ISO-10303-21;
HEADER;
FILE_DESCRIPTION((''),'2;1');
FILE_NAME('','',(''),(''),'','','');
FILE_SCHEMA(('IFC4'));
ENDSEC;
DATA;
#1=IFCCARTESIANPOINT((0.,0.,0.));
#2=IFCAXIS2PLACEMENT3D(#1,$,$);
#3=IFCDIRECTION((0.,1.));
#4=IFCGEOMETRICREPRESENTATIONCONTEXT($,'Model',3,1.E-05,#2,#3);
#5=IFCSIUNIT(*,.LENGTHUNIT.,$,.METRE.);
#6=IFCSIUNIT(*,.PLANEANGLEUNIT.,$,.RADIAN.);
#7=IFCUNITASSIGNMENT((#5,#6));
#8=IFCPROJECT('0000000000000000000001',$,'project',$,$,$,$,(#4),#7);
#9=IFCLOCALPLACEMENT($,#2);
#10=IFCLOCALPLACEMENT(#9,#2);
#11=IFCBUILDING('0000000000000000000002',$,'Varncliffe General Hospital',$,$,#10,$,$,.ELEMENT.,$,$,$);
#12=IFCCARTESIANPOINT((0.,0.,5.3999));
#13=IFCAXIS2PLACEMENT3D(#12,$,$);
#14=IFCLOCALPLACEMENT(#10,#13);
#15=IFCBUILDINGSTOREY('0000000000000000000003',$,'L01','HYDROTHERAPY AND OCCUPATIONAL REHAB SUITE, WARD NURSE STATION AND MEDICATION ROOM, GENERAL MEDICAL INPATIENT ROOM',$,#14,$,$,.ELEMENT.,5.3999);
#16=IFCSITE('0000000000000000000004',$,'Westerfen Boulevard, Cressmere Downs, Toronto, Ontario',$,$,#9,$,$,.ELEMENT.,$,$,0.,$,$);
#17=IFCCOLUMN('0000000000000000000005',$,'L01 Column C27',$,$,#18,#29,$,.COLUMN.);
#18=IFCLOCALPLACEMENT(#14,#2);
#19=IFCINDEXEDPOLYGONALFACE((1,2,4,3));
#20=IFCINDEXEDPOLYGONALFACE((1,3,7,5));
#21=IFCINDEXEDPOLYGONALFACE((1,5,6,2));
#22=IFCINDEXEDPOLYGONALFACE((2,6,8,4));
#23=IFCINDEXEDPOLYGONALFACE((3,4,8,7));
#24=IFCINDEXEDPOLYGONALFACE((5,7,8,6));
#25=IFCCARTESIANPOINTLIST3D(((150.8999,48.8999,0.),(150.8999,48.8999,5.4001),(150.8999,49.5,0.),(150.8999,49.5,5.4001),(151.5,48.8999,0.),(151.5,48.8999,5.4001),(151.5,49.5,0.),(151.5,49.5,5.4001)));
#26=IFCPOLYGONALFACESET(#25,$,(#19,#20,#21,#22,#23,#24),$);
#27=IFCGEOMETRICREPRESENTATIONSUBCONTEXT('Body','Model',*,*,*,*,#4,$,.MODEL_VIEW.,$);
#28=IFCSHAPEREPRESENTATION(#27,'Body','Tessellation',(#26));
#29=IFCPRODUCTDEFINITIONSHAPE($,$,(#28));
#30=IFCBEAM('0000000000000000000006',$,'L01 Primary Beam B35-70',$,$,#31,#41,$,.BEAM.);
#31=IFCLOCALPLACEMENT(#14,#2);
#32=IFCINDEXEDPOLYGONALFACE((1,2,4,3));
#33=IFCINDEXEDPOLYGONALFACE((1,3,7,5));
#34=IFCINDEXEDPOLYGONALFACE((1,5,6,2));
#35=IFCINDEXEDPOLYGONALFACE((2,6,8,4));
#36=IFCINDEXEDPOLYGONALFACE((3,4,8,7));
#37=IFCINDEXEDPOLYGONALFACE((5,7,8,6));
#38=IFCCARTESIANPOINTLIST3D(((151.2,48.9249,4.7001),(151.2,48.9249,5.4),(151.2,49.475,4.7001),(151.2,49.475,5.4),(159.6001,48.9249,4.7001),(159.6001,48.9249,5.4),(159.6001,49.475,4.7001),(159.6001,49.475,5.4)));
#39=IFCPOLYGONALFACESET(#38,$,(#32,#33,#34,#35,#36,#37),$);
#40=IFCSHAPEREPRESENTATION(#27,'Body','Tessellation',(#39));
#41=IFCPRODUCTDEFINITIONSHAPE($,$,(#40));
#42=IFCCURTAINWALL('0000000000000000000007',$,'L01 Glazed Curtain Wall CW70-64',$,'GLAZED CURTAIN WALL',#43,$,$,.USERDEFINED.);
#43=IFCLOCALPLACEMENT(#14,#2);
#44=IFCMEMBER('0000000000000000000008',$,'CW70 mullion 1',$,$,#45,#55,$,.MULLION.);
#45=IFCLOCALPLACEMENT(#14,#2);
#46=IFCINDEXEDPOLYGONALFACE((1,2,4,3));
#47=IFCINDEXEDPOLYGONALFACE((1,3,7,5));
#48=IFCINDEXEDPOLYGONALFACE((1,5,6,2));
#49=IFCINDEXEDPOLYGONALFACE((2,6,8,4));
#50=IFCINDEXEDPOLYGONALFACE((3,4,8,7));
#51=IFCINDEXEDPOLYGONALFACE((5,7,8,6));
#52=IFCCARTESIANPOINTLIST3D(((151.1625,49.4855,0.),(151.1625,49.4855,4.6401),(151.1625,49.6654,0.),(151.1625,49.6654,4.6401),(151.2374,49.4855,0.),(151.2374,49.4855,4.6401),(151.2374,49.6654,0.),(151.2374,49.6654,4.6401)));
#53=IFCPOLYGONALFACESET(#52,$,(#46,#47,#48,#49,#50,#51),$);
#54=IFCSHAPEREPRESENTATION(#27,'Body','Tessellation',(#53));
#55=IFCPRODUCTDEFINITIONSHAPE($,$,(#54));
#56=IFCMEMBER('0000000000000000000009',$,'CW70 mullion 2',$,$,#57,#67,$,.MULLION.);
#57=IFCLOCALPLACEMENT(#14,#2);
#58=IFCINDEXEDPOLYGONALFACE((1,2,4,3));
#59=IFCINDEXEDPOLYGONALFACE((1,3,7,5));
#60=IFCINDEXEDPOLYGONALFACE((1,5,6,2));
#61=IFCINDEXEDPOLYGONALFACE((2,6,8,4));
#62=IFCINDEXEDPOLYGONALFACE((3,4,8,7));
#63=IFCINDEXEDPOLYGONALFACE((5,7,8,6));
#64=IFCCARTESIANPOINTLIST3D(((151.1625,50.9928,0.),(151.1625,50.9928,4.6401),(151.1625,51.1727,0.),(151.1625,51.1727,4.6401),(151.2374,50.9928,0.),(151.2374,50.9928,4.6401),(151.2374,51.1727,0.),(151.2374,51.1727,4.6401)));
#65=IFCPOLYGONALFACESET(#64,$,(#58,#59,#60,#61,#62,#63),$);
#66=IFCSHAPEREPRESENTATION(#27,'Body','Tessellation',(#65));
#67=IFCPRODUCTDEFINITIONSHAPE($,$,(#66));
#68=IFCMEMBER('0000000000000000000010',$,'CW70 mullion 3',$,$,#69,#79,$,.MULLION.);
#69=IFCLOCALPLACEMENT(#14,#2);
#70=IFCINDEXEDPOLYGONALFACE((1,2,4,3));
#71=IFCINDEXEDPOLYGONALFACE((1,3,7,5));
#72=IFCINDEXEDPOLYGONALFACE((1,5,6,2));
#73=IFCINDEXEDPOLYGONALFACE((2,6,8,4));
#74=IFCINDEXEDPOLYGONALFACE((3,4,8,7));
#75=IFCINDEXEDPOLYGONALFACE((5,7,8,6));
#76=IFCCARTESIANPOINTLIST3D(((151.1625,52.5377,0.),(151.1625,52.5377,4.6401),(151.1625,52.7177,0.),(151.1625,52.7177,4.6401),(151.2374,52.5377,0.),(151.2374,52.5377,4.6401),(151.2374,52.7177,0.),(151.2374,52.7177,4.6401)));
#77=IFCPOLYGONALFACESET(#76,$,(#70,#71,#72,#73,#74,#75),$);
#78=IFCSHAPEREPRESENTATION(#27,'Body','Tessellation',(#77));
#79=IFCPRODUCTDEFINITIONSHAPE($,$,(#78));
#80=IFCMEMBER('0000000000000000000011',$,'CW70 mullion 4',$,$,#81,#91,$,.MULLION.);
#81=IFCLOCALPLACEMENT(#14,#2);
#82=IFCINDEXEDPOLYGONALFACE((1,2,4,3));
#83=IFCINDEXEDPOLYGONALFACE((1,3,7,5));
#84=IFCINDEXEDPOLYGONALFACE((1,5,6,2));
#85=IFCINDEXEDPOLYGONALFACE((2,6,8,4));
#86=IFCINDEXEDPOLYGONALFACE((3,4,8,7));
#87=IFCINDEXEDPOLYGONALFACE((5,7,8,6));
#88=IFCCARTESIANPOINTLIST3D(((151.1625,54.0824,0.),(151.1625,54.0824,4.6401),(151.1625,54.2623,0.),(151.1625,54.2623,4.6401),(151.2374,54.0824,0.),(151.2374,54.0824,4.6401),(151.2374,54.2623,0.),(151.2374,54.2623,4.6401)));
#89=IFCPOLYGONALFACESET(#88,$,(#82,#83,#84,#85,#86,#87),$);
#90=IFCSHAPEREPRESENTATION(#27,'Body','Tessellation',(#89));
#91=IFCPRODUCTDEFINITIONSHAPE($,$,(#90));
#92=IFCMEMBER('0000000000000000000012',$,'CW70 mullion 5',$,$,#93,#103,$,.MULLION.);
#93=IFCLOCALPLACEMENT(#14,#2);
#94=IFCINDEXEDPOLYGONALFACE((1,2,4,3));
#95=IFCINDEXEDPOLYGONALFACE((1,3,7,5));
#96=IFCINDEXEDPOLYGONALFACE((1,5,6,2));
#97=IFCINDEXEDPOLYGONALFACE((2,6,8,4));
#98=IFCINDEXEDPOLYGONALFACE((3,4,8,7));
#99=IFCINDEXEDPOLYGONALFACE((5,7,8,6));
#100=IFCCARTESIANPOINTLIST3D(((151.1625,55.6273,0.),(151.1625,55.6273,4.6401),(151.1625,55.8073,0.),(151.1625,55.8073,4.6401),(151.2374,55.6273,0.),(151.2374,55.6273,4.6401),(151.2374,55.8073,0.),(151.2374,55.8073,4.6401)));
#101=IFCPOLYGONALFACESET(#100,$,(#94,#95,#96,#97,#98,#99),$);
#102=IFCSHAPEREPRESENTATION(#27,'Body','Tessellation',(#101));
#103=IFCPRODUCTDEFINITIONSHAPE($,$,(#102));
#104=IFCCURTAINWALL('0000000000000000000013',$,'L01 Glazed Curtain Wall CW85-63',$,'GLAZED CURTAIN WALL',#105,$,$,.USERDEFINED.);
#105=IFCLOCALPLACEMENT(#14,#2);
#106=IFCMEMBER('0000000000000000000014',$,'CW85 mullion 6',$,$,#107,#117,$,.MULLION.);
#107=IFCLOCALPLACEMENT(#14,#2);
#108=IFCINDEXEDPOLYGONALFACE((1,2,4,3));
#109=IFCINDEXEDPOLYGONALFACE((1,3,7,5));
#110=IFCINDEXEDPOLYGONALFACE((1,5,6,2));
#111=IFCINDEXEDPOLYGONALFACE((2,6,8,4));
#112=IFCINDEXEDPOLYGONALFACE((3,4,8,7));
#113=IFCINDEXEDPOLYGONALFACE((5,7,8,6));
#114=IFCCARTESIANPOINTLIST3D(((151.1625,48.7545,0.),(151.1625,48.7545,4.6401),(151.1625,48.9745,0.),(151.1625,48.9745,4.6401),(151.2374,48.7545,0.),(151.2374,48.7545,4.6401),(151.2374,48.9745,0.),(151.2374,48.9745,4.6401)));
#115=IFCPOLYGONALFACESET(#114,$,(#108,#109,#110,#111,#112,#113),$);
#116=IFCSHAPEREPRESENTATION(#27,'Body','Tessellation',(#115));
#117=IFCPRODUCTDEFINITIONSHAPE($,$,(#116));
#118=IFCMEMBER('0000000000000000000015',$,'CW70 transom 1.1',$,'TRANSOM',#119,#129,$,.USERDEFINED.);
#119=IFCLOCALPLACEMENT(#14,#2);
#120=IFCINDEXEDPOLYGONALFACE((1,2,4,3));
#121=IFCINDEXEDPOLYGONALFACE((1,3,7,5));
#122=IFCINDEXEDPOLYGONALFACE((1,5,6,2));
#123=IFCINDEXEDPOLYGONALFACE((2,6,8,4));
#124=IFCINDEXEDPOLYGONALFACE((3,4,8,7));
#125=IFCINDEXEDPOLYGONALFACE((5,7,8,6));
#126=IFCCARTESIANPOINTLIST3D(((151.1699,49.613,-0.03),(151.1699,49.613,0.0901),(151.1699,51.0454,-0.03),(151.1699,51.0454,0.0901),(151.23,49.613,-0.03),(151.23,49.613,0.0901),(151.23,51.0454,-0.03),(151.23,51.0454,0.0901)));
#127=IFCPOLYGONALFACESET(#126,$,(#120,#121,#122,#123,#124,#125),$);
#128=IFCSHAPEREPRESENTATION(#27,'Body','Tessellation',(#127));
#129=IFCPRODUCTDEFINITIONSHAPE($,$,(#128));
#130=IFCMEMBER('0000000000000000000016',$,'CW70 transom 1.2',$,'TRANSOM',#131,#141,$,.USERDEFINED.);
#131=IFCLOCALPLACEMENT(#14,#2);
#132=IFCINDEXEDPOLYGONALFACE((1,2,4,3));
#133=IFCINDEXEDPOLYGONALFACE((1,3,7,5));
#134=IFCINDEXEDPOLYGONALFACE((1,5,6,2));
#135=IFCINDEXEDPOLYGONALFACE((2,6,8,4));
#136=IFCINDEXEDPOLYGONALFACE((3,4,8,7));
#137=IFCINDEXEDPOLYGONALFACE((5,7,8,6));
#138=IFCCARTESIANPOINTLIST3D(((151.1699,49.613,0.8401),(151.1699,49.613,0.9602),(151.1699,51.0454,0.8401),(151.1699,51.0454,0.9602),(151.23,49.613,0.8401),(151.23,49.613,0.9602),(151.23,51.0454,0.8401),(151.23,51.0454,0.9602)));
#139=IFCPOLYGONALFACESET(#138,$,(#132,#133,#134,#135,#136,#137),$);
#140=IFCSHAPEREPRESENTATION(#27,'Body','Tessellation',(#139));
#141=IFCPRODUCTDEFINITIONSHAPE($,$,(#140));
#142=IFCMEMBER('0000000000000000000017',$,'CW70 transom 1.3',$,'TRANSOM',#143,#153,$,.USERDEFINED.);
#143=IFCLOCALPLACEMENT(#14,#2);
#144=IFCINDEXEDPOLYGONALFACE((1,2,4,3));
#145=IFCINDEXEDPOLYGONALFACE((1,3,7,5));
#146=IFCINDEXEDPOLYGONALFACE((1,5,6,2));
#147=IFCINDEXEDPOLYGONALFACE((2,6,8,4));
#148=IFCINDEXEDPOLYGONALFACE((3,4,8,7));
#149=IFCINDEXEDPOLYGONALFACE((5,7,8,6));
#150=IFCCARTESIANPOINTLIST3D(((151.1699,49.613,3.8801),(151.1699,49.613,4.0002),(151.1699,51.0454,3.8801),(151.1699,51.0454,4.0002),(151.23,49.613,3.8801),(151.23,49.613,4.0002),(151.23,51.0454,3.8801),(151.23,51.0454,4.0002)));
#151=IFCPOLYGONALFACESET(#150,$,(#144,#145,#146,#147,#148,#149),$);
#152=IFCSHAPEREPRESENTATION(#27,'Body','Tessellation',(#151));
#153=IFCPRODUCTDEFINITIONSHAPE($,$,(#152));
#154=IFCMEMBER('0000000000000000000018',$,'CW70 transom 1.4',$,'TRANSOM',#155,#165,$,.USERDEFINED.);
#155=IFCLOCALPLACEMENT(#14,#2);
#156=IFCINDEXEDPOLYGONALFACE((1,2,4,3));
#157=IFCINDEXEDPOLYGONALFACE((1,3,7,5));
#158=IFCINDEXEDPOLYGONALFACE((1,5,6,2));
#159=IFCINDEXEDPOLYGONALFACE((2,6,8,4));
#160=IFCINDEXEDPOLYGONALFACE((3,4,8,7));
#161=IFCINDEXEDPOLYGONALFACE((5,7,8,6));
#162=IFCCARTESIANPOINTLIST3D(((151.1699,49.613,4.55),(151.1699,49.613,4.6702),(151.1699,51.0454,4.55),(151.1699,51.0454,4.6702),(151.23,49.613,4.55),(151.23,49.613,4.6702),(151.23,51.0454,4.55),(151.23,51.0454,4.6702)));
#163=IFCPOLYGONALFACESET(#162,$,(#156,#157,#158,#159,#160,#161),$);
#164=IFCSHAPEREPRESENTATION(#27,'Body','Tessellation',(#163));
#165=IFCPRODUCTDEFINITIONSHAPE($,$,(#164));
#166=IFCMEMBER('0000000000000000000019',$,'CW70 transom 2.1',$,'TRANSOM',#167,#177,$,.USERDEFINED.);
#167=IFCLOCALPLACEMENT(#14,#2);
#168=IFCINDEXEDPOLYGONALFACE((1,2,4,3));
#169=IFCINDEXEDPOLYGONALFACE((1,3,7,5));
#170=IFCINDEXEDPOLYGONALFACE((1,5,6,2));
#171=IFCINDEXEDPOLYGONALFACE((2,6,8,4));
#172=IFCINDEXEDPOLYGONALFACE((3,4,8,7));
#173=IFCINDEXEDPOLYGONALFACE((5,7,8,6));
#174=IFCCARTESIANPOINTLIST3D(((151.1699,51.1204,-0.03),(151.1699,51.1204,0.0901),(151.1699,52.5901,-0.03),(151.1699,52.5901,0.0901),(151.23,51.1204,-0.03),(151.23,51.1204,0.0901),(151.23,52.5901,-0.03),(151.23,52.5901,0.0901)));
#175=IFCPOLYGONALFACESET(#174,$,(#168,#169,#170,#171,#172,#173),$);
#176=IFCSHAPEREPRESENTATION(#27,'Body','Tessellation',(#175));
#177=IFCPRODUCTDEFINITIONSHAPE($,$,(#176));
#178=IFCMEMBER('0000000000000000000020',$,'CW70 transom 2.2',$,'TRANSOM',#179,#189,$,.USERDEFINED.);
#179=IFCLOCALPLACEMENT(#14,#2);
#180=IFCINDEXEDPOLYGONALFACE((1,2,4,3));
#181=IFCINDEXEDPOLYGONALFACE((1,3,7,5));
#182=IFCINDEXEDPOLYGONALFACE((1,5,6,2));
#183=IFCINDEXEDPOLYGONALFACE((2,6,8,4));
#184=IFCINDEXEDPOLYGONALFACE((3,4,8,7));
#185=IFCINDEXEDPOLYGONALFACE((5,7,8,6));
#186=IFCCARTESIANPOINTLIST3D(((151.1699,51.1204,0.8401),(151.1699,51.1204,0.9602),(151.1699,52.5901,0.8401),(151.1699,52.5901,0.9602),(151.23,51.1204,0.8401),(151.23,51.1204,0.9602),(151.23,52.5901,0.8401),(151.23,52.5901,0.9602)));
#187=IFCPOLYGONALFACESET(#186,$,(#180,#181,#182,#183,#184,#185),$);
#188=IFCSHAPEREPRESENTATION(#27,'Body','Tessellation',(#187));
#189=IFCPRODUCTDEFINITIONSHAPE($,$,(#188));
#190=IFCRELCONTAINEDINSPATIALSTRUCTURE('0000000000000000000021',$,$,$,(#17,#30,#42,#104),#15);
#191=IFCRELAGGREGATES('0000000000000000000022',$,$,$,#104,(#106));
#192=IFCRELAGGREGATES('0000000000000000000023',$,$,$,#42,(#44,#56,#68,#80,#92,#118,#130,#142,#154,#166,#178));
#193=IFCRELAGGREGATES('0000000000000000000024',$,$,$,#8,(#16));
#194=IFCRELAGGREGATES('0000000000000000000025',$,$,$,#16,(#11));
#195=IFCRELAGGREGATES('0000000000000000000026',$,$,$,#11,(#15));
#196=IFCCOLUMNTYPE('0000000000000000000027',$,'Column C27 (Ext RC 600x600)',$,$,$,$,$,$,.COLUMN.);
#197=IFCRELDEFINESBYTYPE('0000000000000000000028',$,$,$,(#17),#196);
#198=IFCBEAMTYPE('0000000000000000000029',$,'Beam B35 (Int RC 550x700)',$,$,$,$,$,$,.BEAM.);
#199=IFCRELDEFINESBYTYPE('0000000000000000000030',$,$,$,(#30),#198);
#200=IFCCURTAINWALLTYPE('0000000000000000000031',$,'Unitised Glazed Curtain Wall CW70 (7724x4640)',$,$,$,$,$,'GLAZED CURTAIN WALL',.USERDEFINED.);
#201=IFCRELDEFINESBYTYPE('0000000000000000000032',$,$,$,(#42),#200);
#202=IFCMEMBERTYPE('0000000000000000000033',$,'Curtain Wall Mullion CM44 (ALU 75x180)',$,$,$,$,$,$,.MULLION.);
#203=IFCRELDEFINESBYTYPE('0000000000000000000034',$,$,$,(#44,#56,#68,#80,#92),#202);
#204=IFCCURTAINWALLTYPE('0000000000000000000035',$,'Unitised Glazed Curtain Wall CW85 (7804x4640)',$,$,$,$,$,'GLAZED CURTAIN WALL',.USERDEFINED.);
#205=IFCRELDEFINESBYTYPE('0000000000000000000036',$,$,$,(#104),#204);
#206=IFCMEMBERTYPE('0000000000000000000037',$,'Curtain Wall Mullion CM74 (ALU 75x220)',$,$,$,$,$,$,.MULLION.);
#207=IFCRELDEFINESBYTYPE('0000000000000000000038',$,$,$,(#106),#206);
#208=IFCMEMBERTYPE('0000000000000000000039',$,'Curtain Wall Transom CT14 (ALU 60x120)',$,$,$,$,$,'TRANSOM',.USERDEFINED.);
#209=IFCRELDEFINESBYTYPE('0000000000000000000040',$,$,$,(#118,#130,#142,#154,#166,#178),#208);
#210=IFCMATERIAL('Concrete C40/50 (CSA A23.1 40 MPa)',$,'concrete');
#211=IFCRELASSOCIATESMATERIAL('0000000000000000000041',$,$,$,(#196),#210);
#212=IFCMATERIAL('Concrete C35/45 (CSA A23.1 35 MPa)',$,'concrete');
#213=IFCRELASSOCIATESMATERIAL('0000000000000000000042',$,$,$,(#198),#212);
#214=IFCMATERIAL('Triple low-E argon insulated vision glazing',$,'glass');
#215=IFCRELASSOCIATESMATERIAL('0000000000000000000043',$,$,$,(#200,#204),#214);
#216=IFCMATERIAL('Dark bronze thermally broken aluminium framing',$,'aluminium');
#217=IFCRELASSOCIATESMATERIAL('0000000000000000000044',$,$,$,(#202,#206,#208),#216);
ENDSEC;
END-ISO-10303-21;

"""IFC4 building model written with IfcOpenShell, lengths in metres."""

from ifc_helpers import new_model, si_unit, direction, frame, origin, origin_2d, place, context, subcontext, project, spatial, rectangle, extrude, material, material_profile, profile_set, type_object, element, aggregate, save


model = new_model("IFC4")

# Units and contexts
model_context = context("Model", 3, precision=1e-05, world=origin(), true_north=direction((0.0, 1.0)))
body_context = subcontext(model_context, "Body", "Model", "MODEL_VIEW")
ifc_project = project(units=[si_unit("LENGTHUNIT", "METRE"), si_unit("PLANEANGLEUNIT", "RADIAN")], contexts=[model_context])

# Site, building, storey
site_placement = place(None, origin())
site = spatial("IfcSite", under=ifc_project, at=site_placement, Name="Westerfen Boulevard, Cressmere Downs, Toronto, Ontario", CompositionType="ELEMENT", RefElevation=0.0)
building_placement = place(site_placement, origin())
building = spatial("IfcBuilding", under=site, at=building_placement, Name="Varncliffe General Hospital", CompositionType="ELEMENT")
storey_placement = place(building_placement, frame((0.0, 0.0, 5.3999)))
storey = spatial("IfcBuildingStorey", under=building, at=storey_placement, Name="L01", Description="HYDROTHERAPY AND OCCUPATIONAL REHAB SUITE, WARD NURSE STATION AND MEDICATION ROOM, GENERAL MEDICAL INPATIENT ROOM", CompositionType="ELEMENT", Elevation=5.3999)

# Column
ifc_material_1 = material(Name="Concrete C40/50 (CSA A23.1 40 MPa)", Category="concrete")
ifc_material_profile_1 = material_profile(ifc_material_1, rectangle(XDim=0.6001, YDim=0.6001, at=origin_2d()), Name="RC 600x600")
ifc_profile_set_1 = profile_set([ifc_material_profile_1], Name="Concrete C40/50 (CSA A23.1 40 MPa)")
column_type = type_object("IfcColumnType", Name="Column C27 (Ext RC 600x600)", PredefinedType="COLUMN", material=ifc_profile_set_1)
column_placement = place(storey_placement, frame((151.2, 49.2, 0.0), z_axis=(0.0, 0.0, 1.0), x_axis=(1.0, 0.0, 0.0)))
element("IfcColumn", 1, at=column_placement, inside=storey, type_object=column_type, Name="L01 Column C27", PredefinedType="COLUMN", context=body_context, shape_type="SweptSolid", body=[
    extrude(rectangle(XDim=0.6001, YDim=0.6001, at=origin_2d()), origin(), (0.0, 0.0, 1.0), 5.4001),
])

# Beam
ifc_material_2 = material(Name="Concrete C35/45 (CSA A23.1 35 MPa)", Category="concrete")
ifc_material_profile_2 = material_profile(ifc_material_2, rectangle(XDim=0.55, YDim=0.7, at=origin_2d()), Name="RC 550x700")
ifc_profile_set_2 = profile_set([ifc_material_profile_2], Name="Concrete C35/45 (CSA A23.1 35 MPa)")
beam_type_1 = type_object("IfcBeamType", Name="Beam B35 (Int RC 550x700)", PredefinedType="BEAM", material=ifc_profile_set_2)
beam_1_placement = place(storey_placement, frame((151.2, 49.2, 5.05), z_axis=(1.0, 0.0, 0.0), x_axis=(0.0, 1.0, 0.0)))
element("IfcBeam", 2, at=beam_1_placement, inside=storey, type_object=beam_type_1, Name="L01 Primary Beam B35-70", PredefinedType="BEAM", context=body_context, shape_type="SweptSolid", body=[
    extrude(rectangle(XDim=0.55, YDim=0.7, at=origin_2d()), origin(), (0.0, 0.0, 1.0), 8.4001),
])

# Curtain wall, members
ifc_material_3 = material(Name="Triple low-E argon insulated vision glazing", Category="glass")
curtain_wall_type_1 = type_object("IfcCurtainWallType", Name="Unitised Glazed Curtain Wall CW70 (7724x4640)", ElementType="GLAZED CURTAIN WALL", PredefinedType="USERDEFINED", material=ifc_material_3)
curtain_wall_1_placement = place(storey_placement, origin())
curtain_wall_1 = element("IfcCurtainWall", 3, at=curtain_wall_1_placement, inside=storey, type_object=curtain_wall_type_1, Name="L01 Glazed Curtain Wall CW70-64", ObjectType="GLAZED CURTAIN WALL", PredefinedType="USERDEFINED")
ifc_material_4 = material(Name="Dark bronze thermally broken aluminium framing", Category="aluminium")
ifc_material_profile_3 = material_profile(ifc_material_4, rectangle(XDim=0.075, YDim=0.1799, at=origin_2d()), Name="ALU 75x180")
ifc_profile_set_3 = profile_set([ifc_material_profile_3], Name="Dark bronze thermally broken aluminium framing")
member_type_1 = type_object("IfcMemberType", Name="Curtain Wall Mullion CM44 (ALU 75x180)", PredefinedType="MULLION", material=ifc_profile_set_3)
member_1_placement = place(storey_placement, frame((151.2, 49.5754, 0.0), z_axis=(0.0, 0.0, 1.0), x_axis=(-1.0, 0.0, 0.0)))
member_1 = element("IfcMember", 4, at=member_1_placement, type_object=member_type_1, Name="CW70 mullion 1", PredefinedType="MULLION", context=body_context, shape_type="SweptSolid", body=[
    extrude(rectangle(XDim=0.075, YDim=0.1799, at=origin_2d()), origin(), (0.0, 0.0, 1.0), 4.6401),
])
member_2_placement = place(storey_placement, frame((151.2, 51.0828, 0.0), z_axis=(0.0, 0.0, 1.0), x_axis=(-1.0, 0.0, 0.0)))
member_2 = element("IfcMember", 5, at=member_2_placement, type_object=member_type_1, Name="CW70 mullion 2", PredefinedType="MULLION", context=body_context, shape_type="SweptSolid", body=[
    extrude(rectangle(XDim=0.075, YDim=0.1799, at=origin_2d()), origin(), (0.0, 0.0, 1.0), 4.6401),
])
member_3_placement = place(storey_placement, frame((151.2, 52.6277, 0.0), z_axis=(0.0, 0.0, 1.0), x_axis=(-1.0, 0.0, 0.0)))
member_3 = element("IfcMember", 6, at=member_3_placement, type_object=member_type_1, Name="CW70 mullion 3", PredefinedType="MULLION", context=body_context, shape_type="SweptSolid", body=[
    extrude(rectangle(XDim=0.075, YDim=0.1799, at=origin_2d()), origin(), (0.0, 0.0, 1.0), 4.6401),
])
member_4_placement = place(storey_placement, frame((151.2, 54.1724, 0.0), z_axis=(0.0, 0.0, 1.0), x_axis=(-1.0, 0.0, 0.0)))
member_4 = element("IfcMember", 7, at=member_4_placement, type_object=member_type_1, Name="CW70 mullion 4", PredefinedType="MULLION", context=body_context, shape_type="SweptSolid", body=[
    extrude(rectangle(XDim=0.075, YDim=0.1799, at=origin_2d()), origin(), (0.0, 0.0, 1.0), 4.6401),
])
member_5_placement = place(storey_placement, frame((151.2, 55.7173, 0.0), z_axis=(0.0, 0.0, 1.0), x_axis=(-1.0, 0.0, 0.0)))
member_5 = element("IfcMember", 8, at=member_5_placement, type_object=member_type_1, Name="CW70 mullion 5", PredefinedType="MULLION", context=body_context, shape_type="SweptSolid", body=[
    extrude(rectangle(XDim=0.075, YDim=0.1799, at=origin_2d()), origin(), (0.0, 0.0, 1.0), 4.6401),
])

# Curtain wall, member
curtain_wall_type_2 = type_object("IfcCurtainWallType", Name="Unitised Glazed Curtain Wall CW85 (7804x4640)", ElementType="GLAZED CURTAIN WALL", PredefinedType="USERDEFINED", material=ifc_material_3)
curtain_wall_2_placement = place(storey_placement, origin())
curtain_wall_2 = element("IfcCurtainWall", 9, at=curtain_wall_2_placement, inside=storey, type_object=curtain_wall_type_2, Name="L01 Glazed Curtain Wall CW85-63", ObjectType="GLAZED CURTAIN WALL", PredefinedType="USERDEFINED")
ifc_material_profile_4 = material_profile(ifc_material_4, rectangle(XDim=0.075, YDim=0.22, at=origin_2d()), Name="ALU 75x220")
ifc_profile_set_4 = profile_set([ifc_material_profile_4], Name="Dark bronze thermally broken aluminium framing")
member_type_2 = type_object("IfcMemberType", Name="Curtain Wall Mullion CM74 (ALU 75x220)", PredefinedType="MULLION", material=ifc_profile_set_4)
member_6_placement = place(storey_placement, frame((151.2, 48.8645, 0.0), z_axis=(0.0, 0.0, 1.0), x_axis=(-1.0, 0.0, 0.0)))
member_6 = element("IfcMember", 10, at=member_6_placement, type_object=member_type_2, Name="CW85 mullion 6", PredefinedType="MULLION", context=body_context, shape_type="SweptSolid", body=[
    extrude(rectangle(XDim=0.075, YDim=0.22, at=origin_2d()), origin(), (0.0, 0.0, 1.0), 4.6401),
])
aggregate(curtain_wall_2, [member_6])

# Members
ifc_material_profile_5 = material_profile(ifc_material_4, rectangle(XDim=0.0601, YDim=0.1201, at=origin_2d()), Name="ALU 60x120")
ifc_profile_set_5 = profile_set([ifc_material_profile_5], Name="Dark bronze thermally broken aluminium framing")
member_type_3 = type_object("IfcMemberType", Name="Curtain Wall Transom CT14 (ALU 60x120)", ElementType="TRANSOM", PredefinedType="USERDEFINED", material=ifc_profile_set_5)
member_7_placement = place(storey_placement, frame((151.2, 49.613, 0.03), z_axis=(0.0, 1.0, 0.0), x_axis=(-1.0, 0.0, 0.0)))
member_7 = element("IfcMember", 11, at=member_7_placement, type_object=member_type_3, Name="CW70 transom 1.1", ObjectType="TRANSOM", PredefinedType="USERDEFINED", context=body_context, shape_type="SweptSolid", body=[
    extrude(rectangle(XDim=0.0601, YDim=0.1201, at=origin_2d()), origin(), (0.0, 0.0, 1.0), 1.4324),
])
member_8_placement = place(storey_placement, frame((151.2, 49.613, 0.9001), z_axis=(0.0, 1.0, 0.0), x_axis=(-1.0, 0.0, 0.0)))
member_8 = element("IfcMember", 12, at=member_8_placement, type_object=member_type_3, Name="CW70 transom 1.2", ObjectType="TRANSOM", PredefinedType="USERDEFINED", context=body_context, shape_type="SweptSolid", body=[
    extrude(rectangle(XDim=0.0601, YDim=0.1201, at=origin_2d()), origin(), (0.0, 0.0, 1.0), 1.4324),
])
member_9_placement = place(storey_placement, frame((151.2, 49.613, 3.9402), z_axis=(0.0, 1.0, 0.0), x_axis=(-1.0, 0.0, 0.0)))
member_9 = element("IfcMember", 13, at=member_9_placement, type_object=member_type_3, Name="CW70 transom 1.3", ObjectType="TRANSOM", PredefinedType="USERDEFINED", context=body_context, shape_type="SweptSolid", body=[
    extrude(rectangle(XDim=0.0601, YDim=0.1201, at=origin_2d()), origin(), (0.0, 0.0, 1.0), 1.4324),
])
member_10_placement = place(storey_placement, frame((151.2, 49.613, 4.6101), z_axis=(0.0, 1.0, 0.0), x_axis=(-1.0, 0.0, 0.0)))
member_10 = element("IfcMember", 14, at=member_10_placement, type_object=member_type_3, Name="CW70 transom 1.4", ObjectType="TRANSOM", PredefinedType="USERDEFINED", context=body_context, shape_type="SweptSolid", body=[
    extrude(rectangle(XDim=0.0601, YDim=0.1201, at=origin_2d()), origin(), (0.0, 0.0, 1.0), 1.4324),
])
member_11_placement = place(storey_placement, frame((151.2, 51.1204, 0.03), z_axis=(0.0, 1.0, 0.0), x_axis=(-1.0, 0.0, 0.0)))
member_11 = element("IfcMember", 15, at=member_11_placement, type_object=member_type_3, Name="CW70 transom 2.1", ObjectType="TRANSOM", PredefinedType="USERDEFINED", context=body_context, shape_type="SweptSolid", body=[
    extrude(rectangle(XDim=0.0601, YDim=0.1201, at=origin_2d()), origin(), (0.0, 0.0, 1.0), 1.4697),
])
member_12_placement = place(storey_placement, frame((151.2, 51.1204, 0.9001), z_axis=(0.0, 1.0, 0.0), x_axis=(-1.0, 0.0, 0.0)))
member_12 = element("IfcMember", 16, at=member_12_placement, type_object=member_type_3, Name="CW70 transom 2.2", ObjectType="TRANSOM", PredefinedType="USERDEFINED", context=body_context, shape_type="SweptSolid", body=[
    extrude(rectangle(XDim=0.0601, YDim=0.1201, at=origin_2d()), origin(), (0.0, 0.0, 1.0), 1.4697),
])

aggregate(curtain_wall_1, [member_1, member_2, member_3, member_4, member_5, member_7, member_8, member_9, member_10, member_11, member_12])

save(model, "model.ifc")
